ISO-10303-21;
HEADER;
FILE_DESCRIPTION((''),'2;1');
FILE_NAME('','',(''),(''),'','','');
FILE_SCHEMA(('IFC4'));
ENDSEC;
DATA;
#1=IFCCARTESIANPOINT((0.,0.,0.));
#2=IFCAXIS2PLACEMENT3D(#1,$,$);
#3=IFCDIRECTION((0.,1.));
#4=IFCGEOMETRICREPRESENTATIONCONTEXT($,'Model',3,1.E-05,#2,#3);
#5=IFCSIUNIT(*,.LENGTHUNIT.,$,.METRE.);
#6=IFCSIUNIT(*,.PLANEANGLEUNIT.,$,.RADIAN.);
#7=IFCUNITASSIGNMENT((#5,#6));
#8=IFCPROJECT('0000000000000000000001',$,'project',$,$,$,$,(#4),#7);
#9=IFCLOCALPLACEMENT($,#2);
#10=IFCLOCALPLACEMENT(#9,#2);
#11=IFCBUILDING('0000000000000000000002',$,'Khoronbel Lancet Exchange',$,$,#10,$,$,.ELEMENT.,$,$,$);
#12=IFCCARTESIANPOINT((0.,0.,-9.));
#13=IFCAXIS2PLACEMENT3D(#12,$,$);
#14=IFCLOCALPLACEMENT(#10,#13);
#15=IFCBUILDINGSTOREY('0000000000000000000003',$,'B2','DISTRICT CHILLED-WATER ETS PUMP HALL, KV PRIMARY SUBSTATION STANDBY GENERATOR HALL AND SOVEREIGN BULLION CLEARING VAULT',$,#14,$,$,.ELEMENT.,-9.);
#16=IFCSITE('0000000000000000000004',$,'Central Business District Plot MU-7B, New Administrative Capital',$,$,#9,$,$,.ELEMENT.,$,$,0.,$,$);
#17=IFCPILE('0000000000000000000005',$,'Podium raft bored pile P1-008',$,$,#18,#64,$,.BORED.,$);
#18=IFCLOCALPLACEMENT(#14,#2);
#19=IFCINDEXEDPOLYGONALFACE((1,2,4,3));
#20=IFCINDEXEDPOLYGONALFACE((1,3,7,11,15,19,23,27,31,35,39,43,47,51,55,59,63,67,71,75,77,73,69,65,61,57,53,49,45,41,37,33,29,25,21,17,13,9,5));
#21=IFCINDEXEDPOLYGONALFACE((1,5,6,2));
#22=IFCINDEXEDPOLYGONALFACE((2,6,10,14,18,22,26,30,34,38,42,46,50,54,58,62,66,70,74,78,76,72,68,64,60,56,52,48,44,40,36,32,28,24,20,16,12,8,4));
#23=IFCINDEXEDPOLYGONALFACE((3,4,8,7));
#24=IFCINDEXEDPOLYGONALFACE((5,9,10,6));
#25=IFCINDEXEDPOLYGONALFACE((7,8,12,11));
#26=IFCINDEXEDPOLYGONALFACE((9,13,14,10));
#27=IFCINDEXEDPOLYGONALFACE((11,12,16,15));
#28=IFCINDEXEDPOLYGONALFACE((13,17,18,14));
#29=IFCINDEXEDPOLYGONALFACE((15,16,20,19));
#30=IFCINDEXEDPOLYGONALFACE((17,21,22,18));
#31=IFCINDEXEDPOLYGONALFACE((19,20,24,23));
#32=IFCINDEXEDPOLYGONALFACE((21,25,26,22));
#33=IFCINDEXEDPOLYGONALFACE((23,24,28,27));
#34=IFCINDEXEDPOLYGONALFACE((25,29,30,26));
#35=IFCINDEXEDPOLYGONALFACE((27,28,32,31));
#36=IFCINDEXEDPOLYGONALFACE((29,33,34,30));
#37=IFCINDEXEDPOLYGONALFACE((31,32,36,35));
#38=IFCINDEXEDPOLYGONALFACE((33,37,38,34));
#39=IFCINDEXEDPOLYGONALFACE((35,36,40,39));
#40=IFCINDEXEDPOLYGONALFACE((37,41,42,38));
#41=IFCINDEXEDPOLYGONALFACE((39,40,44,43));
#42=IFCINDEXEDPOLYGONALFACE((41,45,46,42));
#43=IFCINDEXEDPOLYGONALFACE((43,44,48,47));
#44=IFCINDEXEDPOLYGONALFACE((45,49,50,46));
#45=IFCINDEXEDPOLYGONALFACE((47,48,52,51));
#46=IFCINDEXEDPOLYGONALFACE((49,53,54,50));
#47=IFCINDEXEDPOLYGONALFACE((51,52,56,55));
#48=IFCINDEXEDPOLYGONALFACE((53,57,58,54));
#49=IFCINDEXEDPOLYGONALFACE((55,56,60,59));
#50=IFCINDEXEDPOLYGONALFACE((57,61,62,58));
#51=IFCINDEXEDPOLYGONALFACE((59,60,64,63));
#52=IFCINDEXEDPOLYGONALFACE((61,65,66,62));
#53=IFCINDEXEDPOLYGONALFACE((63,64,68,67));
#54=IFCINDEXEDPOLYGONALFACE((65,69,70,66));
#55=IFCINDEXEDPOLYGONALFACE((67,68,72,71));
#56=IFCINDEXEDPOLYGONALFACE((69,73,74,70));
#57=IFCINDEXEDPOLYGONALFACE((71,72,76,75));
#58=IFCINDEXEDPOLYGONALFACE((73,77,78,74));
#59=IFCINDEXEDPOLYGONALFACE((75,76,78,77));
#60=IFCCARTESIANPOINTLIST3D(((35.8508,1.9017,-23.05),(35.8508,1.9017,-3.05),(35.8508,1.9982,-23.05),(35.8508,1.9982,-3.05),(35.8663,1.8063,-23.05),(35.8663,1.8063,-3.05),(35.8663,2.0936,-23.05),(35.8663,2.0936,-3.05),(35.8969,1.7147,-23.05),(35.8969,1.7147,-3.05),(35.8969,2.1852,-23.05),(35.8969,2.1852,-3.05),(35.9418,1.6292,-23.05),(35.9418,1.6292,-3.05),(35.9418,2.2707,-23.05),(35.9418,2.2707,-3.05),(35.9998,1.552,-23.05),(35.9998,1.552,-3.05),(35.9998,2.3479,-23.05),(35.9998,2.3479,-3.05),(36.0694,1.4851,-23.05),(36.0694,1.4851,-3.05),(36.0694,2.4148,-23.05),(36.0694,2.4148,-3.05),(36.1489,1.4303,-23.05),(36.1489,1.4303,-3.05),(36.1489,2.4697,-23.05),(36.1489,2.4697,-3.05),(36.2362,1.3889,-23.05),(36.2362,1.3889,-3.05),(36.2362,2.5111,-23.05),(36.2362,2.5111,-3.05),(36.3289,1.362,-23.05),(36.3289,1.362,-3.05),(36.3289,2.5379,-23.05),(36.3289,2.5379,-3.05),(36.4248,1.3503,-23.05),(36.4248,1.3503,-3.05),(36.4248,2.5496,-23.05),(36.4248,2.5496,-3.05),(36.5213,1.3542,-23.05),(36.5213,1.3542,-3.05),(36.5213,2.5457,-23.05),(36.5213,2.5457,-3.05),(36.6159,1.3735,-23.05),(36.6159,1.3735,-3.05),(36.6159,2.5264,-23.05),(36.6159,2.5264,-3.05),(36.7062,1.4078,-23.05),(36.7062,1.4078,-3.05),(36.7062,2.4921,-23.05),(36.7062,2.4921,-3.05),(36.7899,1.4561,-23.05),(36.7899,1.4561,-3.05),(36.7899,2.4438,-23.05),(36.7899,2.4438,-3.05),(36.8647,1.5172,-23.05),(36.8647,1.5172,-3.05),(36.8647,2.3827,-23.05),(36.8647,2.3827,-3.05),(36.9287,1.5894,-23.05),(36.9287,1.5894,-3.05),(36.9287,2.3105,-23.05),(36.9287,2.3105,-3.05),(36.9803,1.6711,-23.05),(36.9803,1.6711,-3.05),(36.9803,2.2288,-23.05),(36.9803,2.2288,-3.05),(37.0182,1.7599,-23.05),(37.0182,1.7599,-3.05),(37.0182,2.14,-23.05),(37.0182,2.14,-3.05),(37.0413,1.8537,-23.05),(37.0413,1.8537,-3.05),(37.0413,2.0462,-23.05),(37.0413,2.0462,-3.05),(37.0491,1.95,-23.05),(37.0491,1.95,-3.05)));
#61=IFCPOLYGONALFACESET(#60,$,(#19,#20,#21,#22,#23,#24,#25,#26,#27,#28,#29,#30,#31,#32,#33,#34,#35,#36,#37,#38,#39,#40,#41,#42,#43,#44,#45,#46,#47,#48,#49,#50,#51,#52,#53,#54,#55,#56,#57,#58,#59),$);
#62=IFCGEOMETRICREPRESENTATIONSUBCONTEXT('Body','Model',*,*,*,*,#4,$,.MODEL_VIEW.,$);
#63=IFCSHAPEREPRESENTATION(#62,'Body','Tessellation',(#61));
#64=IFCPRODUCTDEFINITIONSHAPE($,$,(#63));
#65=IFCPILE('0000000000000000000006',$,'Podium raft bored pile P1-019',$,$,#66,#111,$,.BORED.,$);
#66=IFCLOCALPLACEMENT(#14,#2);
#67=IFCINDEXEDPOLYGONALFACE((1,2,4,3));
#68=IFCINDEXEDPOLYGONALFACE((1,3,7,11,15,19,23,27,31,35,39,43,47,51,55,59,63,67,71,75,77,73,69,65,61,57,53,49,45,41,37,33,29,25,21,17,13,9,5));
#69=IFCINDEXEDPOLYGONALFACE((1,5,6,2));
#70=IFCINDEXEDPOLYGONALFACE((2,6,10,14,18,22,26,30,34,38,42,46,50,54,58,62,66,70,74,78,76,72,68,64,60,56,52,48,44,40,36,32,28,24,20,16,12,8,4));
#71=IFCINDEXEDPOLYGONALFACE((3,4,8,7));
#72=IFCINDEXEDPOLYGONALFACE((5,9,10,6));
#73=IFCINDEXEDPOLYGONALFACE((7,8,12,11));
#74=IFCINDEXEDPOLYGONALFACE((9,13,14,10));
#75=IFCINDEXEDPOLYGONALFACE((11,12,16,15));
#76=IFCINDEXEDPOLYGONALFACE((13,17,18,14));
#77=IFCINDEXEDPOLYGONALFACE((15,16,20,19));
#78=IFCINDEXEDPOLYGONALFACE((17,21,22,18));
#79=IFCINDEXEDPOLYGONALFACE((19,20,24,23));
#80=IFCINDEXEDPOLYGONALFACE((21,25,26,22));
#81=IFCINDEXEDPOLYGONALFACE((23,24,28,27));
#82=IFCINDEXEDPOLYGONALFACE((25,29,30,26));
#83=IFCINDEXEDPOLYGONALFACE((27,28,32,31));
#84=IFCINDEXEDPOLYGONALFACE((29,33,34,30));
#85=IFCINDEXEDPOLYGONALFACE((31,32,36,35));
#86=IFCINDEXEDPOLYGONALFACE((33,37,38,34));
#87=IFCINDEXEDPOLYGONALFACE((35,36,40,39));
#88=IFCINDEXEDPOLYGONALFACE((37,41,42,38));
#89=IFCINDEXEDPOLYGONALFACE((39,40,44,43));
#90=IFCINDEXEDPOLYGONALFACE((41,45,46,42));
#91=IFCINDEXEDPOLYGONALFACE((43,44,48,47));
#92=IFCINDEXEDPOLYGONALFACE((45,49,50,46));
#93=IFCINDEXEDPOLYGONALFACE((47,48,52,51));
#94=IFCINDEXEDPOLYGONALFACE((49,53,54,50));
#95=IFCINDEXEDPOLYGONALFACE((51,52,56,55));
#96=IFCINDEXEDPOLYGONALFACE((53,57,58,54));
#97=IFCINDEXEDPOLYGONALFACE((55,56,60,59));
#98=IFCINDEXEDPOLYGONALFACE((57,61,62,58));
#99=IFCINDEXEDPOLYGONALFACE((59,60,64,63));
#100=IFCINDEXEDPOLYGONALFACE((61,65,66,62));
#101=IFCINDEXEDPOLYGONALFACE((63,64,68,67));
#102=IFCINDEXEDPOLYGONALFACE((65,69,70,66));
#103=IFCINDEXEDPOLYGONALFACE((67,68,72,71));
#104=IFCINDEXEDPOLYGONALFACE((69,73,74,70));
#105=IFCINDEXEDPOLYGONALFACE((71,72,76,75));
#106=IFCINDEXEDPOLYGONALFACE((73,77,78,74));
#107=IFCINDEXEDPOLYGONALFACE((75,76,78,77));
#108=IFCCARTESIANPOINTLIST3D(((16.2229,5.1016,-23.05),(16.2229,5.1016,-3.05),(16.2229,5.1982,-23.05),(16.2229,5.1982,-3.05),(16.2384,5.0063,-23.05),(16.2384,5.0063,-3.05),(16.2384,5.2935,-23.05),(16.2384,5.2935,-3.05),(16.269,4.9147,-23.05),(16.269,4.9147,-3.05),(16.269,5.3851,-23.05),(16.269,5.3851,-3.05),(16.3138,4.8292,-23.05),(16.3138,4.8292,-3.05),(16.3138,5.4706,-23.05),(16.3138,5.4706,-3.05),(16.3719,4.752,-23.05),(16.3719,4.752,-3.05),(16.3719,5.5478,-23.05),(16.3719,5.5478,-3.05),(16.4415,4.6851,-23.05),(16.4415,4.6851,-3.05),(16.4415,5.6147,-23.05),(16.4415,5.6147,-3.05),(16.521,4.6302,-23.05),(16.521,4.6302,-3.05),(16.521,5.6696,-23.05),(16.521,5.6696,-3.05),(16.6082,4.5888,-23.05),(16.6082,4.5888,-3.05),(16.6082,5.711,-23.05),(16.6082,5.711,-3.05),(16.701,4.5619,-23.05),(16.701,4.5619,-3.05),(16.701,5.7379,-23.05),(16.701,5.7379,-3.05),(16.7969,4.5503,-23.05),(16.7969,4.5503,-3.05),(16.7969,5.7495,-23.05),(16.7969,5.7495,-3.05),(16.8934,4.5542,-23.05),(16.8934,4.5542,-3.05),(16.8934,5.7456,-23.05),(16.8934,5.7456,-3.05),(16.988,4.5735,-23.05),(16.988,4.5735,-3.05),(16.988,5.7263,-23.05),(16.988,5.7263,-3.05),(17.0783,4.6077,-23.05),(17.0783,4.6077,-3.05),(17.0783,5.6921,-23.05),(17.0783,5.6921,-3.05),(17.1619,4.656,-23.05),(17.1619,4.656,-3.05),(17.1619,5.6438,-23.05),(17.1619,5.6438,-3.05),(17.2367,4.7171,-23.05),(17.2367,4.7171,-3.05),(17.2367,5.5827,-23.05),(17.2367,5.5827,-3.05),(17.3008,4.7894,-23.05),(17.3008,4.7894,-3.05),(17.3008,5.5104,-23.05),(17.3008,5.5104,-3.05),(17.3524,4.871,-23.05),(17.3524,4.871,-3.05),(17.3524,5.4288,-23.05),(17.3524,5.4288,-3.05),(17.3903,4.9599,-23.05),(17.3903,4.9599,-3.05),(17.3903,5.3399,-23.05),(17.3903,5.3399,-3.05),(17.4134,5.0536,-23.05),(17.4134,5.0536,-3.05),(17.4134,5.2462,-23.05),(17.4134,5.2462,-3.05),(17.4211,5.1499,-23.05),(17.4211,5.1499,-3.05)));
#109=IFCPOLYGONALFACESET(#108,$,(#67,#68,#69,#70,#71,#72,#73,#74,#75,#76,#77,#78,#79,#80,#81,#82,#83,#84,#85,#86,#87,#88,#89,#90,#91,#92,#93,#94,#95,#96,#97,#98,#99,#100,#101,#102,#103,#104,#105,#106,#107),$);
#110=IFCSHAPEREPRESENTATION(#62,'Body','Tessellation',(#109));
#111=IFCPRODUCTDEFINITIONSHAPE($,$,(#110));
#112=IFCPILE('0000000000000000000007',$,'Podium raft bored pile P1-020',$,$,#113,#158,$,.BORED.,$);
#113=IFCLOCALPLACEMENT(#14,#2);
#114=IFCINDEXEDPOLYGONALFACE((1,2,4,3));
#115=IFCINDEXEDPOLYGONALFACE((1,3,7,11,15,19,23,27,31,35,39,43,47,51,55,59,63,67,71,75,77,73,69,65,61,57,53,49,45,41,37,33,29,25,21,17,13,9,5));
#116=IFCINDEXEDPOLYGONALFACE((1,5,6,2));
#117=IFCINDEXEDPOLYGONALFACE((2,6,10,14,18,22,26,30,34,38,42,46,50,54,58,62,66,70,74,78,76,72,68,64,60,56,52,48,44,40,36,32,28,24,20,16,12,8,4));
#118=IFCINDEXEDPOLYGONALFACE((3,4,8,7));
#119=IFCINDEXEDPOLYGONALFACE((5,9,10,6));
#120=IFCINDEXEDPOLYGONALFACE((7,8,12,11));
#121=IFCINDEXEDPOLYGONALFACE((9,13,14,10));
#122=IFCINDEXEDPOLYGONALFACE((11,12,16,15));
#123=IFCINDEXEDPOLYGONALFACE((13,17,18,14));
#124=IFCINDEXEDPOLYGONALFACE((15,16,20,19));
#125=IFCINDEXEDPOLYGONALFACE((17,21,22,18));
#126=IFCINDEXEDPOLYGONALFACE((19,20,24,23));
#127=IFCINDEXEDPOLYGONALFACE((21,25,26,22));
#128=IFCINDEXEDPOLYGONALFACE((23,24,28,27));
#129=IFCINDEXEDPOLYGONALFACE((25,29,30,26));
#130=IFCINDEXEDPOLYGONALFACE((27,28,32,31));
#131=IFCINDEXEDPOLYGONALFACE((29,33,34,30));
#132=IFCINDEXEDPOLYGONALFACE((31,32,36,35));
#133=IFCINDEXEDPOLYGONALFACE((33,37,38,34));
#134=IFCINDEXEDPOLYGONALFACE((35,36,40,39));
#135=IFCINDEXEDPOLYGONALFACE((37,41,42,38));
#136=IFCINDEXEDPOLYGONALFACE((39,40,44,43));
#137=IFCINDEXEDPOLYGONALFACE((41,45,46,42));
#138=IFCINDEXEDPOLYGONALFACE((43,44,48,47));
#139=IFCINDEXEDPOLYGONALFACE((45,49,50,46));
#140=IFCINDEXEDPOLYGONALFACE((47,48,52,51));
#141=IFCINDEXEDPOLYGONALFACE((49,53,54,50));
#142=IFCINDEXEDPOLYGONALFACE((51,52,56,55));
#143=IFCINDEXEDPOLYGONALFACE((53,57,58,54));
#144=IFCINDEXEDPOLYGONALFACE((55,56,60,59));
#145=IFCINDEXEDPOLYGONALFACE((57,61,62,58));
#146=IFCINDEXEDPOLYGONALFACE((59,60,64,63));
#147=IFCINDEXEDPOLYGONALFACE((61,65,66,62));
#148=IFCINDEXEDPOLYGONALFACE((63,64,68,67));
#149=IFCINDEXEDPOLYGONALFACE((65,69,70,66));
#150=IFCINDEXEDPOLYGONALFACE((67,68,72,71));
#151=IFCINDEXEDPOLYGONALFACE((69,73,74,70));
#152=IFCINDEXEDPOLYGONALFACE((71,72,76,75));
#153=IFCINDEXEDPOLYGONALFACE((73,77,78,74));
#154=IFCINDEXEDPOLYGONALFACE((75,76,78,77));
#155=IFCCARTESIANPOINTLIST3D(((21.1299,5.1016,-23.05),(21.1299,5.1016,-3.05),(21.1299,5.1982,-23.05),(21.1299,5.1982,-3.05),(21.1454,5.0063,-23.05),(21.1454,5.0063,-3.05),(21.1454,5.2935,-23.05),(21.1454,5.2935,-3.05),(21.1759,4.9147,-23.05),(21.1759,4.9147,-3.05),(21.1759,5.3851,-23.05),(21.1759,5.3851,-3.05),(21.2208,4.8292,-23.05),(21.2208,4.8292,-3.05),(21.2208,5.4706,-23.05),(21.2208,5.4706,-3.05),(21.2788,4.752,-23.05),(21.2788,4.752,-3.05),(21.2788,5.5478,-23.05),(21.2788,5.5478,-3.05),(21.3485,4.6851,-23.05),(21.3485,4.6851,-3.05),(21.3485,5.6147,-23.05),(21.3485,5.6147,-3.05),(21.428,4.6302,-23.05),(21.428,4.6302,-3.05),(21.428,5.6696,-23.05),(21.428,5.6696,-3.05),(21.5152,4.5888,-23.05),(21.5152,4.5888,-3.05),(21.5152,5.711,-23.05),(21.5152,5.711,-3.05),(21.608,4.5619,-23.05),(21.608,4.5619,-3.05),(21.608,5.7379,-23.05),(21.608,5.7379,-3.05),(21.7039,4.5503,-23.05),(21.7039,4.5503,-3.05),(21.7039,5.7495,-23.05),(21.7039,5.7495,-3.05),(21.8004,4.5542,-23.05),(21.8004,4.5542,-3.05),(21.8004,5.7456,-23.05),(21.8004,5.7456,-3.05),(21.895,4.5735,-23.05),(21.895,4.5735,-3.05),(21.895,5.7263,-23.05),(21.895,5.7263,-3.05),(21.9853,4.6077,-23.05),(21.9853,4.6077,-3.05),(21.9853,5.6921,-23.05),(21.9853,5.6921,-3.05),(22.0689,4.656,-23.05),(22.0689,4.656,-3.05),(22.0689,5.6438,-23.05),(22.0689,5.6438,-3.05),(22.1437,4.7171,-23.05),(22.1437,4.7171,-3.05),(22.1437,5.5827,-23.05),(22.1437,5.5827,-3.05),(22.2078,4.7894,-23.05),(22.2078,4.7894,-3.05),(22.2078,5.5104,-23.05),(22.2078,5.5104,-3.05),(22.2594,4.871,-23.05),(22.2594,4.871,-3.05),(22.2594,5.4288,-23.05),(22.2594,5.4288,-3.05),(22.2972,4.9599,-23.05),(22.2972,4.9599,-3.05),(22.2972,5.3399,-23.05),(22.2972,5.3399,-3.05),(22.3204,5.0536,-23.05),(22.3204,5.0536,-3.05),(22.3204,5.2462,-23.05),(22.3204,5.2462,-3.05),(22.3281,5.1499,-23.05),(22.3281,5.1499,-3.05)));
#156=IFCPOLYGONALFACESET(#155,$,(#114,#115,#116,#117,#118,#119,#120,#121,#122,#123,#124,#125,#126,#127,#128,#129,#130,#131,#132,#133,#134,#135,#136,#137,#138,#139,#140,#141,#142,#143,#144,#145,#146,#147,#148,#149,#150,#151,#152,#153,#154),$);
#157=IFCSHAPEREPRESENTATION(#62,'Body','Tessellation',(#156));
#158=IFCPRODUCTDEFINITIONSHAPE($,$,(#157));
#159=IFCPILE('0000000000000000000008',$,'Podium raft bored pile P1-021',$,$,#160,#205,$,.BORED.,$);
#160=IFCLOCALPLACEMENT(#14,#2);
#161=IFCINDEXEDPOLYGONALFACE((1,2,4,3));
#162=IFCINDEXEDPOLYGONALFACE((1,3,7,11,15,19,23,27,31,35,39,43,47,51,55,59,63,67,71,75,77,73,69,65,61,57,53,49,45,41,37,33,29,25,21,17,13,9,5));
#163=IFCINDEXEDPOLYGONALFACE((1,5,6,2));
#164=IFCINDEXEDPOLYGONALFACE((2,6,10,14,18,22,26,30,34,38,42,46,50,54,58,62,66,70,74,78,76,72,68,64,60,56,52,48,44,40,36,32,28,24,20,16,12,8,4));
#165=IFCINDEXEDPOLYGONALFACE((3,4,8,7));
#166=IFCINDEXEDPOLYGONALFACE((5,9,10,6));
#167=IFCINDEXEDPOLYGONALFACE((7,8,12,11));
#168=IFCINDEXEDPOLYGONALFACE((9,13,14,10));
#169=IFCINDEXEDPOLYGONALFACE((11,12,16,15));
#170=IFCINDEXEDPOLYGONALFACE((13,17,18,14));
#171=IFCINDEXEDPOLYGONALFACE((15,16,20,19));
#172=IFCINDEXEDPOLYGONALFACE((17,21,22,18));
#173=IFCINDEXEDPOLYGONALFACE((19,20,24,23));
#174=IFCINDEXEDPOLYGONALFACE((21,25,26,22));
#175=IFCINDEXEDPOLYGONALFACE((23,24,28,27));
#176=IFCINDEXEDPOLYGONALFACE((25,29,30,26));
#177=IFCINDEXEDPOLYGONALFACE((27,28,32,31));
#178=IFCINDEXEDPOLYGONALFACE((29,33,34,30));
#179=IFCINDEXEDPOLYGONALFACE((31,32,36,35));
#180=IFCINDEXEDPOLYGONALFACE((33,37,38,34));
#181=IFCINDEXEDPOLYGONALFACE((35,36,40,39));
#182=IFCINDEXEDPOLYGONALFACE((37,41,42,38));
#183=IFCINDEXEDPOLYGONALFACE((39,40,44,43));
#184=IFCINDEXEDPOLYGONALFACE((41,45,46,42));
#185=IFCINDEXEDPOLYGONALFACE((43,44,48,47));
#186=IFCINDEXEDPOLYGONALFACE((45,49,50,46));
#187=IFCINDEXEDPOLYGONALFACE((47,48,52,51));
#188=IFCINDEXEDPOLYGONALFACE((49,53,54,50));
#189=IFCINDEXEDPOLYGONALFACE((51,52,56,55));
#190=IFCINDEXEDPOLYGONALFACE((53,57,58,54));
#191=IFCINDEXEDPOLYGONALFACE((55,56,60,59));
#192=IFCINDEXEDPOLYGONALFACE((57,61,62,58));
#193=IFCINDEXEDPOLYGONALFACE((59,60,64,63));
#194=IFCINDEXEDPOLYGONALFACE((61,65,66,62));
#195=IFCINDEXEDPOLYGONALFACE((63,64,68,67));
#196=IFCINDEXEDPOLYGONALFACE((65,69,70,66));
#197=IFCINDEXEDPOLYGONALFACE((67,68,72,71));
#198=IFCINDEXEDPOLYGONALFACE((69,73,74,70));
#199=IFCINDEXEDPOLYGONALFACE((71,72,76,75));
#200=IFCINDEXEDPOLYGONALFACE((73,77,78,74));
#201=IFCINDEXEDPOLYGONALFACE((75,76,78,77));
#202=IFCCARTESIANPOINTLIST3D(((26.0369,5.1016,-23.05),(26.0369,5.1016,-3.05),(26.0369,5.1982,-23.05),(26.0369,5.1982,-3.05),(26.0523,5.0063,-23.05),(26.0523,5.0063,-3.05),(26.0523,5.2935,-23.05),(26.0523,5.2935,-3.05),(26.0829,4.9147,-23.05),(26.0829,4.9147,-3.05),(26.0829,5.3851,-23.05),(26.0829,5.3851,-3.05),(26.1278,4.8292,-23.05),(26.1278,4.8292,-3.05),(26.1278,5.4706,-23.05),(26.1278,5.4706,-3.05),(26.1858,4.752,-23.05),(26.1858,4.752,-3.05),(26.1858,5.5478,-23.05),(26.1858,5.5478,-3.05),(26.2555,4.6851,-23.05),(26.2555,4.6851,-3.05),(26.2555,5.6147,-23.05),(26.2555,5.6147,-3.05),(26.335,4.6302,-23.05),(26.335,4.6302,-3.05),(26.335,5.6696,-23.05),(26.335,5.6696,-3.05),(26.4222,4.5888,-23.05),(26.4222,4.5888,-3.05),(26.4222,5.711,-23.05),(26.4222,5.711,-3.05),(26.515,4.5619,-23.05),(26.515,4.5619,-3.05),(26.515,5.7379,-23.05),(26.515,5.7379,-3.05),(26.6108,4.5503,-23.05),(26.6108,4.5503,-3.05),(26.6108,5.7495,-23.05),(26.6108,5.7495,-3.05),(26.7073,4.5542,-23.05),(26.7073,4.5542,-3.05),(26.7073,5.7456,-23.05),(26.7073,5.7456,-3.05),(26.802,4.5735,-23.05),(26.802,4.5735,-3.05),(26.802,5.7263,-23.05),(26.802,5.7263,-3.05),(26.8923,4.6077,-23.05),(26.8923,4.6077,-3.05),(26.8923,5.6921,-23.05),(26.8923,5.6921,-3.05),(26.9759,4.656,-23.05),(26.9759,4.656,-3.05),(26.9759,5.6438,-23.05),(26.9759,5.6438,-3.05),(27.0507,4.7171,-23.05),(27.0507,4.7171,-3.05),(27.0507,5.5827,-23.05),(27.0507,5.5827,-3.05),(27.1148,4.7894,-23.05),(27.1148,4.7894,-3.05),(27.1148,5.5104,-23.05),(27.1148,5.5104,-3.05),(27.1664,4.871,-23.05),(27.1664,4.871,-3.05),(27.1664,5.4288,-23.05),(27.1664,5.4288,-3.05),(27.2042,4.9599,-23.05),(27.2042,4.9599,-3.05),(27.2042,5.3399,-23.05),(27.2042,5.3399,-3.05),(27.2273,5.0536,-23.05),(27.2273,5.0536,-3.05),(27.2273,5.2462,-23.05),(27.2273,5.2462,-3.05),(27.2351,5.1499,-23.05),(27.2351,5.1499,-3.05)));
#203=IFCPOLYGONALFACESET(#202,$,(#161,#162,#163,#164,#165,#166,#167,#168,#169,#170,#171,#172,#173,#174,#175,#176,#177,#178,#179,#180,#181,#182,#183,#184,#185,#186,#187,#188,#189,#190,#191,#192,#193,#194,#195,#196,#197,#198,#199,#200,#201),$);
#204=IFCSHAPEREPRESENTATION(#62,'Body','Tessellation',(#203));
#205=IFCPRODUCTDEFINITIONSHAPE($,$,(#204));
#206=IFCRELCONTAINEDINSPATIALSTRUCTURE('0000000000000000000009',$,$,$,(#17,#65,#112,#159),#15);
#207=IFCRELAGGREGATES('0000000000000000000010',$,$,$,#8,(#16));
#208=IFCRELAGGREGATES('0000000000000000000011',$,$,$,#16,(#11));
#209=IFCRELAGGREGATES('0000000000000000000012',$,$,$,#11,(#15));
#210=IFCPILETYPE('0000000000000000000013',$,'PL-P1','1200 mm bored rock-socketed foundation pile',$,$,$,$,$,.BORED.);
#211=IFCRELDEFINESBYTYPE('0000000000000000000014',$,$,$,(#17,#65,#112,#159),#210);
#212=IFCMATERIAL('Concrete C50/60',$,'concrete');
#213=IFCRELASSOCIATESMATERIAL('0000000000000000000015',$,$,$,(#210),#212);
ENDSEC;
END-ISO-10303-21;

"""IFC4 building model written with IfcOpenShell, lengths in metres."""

from ifc_helpers import new_model, si_unit, direction, frame, origin, origin_2d, place, context, subcontext, project, spatial, circle, extrude, material, material_profile, profile_set, type_object, element, save


model = new_model("IFC4")

# Units and contexts
model_context = context("Model", 3, precision=1e-05, world=origin(), true_north=direction((0.0, 1.0)))
body_context = subcontext(model_context, "Body", "Model", "MODEL_VIEW")
ifc_project = project(units=[si_unit("LENGTHUNIT", "METRE"), si_unit("PLANEANGLEUNIT", "RADIAN")], contexts=[model_context])

# Site, building, storey
site_placement = place(None, origin())
site = spatial("IfcSite", under=ifc_project, at=site_placement, Name="Central Business District Plot MU-7B, New Administrative Capital", CompositionType="ELEMENT", RefElevation=0.0)
building_placement = place(site_placement, origin())
building = spatial("IfcBuilding", under=site, at=building_placement, Name="Khoronbel Lancet Exchange", CompositionType="ELEMENT")
storey_placement = place(building_placement, frame((0.0, 0.0, -9.0)))
storey = spatial("IfcBuildingStorey", under=building, at=storey_placement, Name="B2", Description="DISTRICT CHILLED-WATER ETS PUMP HALL, KV PRIMARY SUBSTATION STANDBY GENERATOR HALL AND SOVEREIGN BULLION CLEARING VAULT", CompositionType="ELEMENT", Elevation=-9.0)

# Piles
ifc_material_1 = material(Name="Concrete C50/60", Category="concrete")
ifc_material_profile_1 = material_profile(ifc_material_1, circle(Radius=0.6001, at=origin_2d()), Name="BORED PILE D1200")
ifc_profile_set_1 = profile_set([ifc_material_profile_1], Name="Concrete C50/60")
pile_type_1 = type_object("IfcPileType", Name="PL-P1", Description="1200 mm bored rock-socketed foundation pile", PredefinedType="BORED", material=ifc_profile_set_1)
for number, where, z_axis, x_axis, name in (
    (1, (36.449, 1.95, -3.05), (0.0, 0.0, -1.0), (1.0, 0.0, 0.0), "Podium raft bored pile P1-008"),
    (2, (16.821, 5.1499, -3.05), (0.0, 0.0, -1.0), (1.0, 0.0, 0.0), "Podium raft bored pile P1-019"),
    (3, (21.728, 5.1499, -3.05), (0.0, 0.0, -1.0), (1.0, 0.0, 0.0), "Podium raft bored pile P1-020"),
    (4, (26.635, 5.1499, -3.05), (0.0, 0.0, -1.0), (1.0, 0.0, 0.0), "Podium raft bored pile P1-021"),
):
    element("IfcPile", number, at=place(storey_placement, frame(where, z_axis=z_axis, x_axis=x_axis)), inside=storey, type_object=pile_type_1, Name=name, PredefinedType="BORED", context=body_context, shape_type="SweptSolid", body=[
        extrude(circle(Radius=0.6001, at=origin_2d()), origin(), (0.0, 0.0, 1.0), 20.0),
    ])

save(model, "model.ifc")
